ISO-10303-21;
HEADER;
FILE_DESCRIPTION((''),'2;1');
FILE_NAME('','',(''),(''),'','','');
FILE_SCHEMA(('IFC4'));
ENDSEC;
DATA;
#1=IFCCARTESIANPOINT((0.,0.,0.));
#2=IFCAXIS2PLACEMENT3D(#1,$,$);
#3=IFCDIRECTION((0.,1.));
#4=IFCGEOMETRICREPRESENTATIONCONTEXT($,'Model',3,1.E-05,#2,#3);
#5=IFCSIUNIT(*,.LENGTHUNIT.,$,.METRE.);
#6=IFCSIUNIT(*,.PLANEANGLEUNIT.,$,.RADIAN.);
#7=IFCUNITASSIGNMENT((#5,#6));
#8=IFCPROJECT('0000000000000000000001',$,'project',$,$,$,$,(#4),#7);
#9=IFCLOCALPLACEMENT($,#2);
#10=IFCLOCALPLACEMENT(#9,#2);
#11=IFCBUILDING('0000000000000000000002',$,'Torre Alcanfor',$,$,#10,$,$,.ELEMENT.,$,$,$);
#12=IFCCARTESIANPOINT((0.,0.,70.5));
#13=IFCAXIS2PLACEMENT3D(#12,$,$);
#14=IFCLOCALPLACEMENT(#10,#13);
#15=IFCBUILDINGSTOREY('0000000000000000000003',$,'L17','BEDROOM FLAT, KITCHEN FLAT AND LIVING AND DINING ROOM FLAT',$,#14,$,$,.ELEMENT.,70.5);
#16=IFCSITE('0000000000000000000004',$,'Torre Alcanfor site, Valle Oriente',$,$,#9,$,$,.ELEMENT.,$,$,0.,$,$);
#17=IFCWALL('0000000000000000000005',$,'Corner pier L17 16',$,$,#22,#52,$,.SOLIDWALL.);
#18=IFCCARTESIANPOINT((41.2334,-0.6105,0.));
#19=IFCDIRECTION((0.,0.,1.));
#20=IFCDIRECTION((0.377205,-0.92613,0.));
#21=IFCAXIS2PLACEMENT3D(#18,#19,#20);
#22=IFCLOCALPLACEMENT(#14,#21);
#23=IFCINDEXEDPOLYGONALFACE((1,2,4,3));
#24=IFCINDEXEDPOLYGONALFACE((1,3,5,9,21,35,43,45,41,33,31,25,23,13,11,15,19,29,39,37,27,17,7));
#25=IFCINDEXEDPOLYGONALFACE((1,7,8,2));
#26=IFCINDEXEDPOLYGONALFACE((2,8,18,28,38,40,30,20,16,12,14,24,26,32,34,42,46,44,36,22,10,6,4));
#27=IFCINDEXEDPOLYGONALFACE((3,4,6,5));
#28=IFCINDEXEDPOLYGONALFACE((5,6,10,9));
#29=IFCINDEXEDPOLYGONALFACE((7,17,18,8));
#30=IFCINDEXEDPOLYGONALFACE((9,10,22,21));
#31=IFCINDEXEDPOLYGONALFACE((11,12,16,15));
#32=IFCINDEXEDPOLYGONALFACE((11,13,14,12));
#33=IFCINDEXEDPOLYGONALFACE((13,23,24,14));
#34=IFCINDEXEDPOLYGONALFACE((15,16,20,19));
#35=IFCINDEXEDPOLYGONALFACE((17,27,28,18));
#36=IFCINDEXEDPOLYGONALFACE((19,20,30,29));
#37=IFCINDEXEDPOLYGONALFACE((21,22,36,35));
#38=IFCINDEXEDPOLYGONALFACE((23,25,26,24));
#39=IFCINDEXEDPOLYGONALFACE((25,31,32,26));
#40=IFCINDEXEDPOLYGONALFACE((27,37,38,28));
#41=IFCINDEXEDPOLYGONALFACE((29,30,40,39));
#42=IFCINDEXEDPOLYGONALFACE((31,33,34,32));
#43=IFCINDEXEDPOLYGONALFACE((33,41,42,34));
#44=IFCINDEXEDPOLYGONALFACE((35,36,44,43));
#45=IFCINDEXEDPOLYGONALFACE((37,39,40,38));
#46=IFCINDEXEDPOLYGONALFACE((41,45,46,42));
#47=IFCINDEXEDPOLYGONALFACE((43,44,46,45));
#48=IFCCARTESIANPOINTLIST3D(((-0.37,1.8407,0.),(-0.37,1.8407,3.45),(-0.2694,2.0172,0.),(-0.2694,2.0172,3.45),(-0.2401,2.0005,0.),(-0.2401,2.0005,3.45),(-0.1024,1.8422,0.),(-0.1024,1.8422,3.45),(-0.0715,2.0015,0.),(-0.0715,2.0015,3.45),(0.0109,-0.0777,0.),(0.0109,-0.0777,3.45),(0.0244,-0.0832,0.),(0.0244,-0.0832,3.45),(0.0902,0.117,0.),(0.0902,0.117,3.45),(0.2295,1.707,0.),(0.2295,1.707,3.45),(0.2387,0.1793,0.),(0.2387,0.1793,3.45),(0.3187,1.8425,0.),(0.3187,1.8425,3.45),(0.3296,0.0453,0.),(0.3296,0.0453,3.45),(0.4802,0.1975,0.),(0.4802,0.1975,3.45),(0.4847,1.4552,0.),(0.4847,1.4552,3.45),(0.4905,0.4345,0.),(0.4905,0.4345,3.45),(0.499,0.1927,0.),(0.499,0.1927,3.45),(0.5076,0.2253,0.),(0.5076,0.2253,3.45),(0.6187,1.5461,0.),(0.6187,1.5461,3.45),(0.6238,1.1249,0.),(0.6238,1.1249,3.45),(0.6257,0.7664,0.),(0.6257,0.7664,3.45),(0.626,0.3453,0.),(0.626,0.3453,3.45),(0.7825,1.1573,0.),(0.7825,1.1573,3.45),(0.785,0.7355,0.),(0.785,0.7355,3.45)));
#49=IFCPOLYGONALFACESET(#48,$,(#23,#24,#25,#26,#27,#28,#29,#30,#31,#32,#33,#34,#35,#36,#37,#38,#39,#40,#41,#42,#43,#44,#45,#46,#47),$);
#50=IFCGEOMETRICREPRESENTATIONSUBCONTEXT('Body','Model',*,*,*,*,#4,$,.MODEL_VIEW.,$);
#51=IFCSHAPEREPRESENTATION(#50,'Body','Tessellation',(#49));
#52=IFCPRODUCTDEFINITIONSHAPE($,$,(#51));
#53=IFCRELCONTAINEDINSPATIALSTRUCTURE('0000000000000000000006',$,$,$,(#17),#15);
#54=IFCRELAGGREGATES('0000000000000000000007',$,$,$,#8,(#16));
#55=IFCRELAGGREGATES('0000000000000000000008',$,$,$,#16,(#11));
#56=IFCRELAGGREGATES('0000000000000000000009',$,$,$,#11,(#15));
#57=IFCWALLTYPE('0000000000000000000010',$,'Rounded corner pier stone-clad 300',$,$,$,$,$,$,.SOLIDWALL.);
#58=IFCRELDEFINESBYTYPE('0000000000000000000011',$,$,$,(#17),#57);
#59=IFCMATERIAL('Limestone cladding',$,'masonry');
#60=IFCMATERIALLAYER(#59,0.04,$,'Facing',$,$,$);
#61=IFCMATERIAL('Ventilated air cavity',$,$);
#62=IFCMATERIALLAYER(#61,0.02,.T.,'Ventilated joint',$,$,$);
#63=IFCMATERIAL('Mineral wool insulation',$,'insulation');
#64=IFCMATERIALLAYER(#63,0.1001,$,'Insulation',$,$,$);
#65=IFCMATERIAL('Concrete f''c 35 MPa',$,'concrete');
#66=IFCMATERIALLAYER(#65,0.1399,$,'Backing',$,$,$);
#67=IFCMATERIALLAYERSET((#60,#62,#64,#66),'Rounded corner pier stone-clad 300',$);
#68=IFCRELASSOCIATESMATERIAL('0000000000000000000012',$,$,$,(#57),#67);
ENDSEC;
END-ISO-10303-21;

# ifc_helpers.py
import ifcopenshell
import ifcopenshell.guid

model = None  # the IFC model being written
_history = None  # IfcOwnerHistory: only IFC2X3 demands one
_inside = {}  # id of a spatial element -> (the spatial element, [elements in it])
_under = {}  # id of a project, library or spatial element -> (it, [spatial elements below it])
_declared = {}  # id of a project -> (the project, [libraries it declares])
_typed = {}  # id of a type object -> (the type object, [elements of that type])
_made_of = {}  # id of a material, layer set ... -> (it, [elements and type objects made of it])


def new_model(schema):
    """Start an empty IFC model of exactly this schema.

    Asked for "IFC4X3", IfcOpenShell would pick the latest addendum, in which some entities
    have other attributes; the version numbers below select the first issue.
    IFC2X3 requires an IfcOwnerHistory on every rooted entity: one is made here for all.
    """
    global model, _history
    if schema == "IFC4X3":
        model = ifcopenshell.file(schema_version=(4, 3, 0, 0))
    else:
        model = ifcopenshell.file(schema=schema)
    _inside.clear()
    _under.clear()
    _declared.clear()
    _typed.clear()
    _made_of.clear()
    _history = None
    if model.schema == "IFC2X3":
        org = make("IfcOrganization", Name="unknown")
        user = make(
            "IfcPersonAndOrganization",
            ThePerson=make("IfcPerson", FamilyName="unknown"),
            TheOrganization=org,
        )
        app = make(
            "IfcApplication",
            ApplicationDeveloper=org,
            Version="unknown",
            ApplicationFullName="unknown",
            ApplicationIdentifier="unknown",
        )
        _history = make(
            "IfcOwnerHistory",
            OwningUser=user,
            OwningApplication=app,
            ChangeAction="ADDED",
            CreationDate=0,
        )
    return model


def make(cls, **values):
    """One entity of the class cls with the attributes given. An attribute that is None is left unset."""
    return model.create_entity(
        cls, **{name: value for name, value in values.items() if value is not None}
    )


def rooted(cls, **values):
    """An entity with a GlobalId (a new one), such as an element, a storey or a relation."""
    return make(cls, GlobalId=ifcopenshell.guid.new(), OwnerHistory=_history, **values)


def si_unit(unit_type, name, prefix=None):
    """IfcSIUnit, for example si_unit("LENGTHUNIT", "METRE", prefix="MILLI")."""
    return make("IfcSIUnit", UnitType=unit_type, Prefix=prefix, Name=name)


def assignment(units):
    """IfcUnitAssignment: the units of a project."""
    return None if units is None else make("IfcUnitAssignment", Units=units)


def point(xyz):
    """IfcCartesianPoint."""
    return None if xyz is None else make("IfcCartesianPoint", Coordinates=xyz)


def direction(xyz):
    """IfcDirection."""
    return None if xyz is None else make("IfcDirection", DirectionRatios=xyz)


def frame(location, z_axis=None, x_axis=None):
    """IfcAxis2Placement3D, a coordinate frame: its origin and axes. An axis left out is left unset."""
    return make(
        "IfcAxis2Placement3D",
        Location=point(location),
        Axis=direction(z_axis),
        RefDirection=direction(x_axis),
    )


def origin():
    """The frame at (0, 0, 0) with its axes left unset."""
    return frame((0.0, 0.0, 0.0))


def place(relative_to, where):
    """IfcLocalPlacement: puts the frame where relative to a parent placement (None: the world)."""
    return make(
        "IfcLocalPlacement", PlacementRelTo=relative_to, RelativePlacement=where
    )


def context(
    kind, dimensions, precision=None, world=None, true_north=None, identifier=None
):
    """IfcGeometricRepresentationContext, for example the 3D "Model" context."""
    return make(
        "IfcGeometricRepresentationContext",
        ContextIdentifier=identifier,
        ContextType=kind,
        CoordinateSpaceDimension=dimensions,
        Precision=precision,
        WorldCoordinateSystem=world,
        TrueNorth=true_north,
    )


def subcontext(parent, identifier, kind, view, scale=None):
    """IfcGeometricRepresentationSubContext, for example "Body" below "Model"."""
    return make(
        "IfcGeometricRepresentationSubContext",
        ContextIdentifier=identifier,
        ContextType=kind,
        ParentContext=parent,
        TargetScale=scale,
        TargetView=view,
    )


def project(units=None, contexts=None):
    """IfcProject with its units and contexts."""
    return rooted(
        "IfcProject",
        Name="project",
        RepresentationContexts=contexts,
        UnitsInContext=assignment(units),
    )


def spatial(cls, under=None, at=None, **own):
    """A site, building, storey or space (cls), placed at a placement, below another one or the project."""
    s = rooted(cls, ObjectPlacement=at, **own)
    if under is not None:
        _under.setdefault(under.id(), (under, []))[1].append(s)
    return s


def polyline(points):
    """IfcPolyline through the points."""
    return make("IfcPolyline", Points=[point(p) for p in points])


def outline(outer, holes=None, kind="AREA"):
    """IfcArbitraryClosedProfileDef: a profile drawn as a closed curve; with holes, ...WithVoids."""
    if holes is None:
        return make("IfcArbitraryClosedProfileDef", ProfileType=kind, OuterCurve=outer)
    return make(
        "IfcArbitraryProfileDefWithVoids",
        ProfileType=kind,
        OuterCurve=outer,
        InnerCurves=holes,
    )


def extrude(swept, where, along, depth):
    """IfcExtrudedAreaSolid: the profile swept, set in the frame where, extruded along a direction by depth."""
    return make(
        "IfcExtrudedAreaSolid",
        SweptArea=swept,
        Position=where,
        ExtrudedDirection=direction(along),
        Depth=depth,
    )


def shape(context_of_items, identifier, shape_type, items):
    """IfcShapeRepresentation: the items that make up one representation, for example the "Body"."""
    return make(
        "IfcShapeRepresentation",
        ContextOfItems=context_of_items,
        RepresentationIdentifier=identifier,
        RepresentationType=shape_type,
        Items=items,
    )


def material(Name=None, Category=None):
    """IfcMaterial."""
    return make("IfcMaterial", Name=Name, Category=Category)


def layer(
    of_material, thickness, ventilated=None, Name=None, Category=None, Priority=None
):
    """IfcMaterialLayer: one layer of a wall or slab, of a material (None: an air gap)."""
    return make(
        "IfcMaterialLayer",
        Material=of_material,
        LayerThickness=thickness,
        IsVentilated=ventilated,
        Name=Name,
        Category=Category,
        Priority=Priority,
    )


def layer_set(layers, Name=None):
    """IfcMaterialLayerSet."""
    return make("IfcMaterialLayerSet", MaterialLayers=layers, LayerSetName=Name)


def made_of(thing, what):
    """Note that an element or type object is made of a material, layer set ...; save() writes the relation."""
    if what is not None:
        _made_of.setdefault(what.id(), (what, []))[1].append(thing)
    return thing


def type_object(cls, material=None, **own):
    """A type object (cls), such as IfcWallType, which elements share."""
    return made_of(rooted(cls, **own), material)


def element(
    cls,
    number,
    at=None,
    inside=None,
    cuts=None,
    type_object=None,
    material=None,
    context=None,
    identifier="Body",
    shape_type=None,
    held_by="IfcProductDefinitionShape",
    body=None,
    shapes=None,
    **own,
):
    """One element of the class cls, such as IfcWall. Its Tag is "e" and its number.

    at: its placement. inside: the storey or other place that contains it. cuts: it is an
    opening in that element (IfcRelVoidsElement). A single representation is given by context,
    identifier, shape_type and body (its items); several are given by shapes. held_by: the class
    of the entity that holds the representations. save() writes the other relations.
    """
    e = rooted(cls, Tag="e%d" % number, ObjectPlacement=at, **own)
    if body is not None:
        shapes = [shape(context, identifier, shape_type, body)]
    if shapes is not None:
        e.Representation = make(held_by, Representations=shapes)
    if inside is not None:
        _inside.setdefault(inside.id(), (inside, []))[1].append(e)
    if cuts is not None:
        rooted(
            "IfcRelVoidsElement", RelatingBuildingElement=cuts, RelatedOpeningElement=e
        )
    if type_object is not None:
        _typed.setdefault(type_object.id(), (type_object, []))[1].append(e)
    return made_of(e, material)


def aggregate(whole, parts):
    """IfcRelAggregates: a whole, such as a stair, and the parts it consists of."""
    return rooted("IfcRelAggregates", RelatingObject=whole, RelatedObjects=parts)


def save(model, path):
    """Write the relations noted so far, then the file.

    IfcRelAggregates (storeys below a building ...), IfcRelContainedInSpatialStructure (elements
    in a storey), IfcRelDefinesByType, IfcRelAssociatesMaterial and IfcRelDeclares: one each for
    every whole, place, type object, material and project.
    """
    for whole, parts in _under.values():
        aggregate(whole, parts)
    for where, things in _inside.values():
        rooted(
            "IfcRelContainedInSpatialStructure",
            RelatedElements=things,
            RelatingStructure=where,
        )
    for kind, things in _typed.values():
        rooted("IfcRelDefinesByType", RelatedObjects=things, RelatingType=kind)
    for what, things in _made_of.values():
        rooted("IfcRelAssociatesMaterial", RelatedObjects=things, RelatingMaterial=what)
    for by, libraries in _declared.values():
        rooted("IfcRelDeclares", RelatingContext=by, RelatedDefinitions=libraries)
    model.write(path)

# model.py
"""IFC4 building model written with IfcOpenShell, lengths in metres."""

from ifc_helpers import new_model, si_unit, direction, frame, origin, place, context, subcontext, project, spatial, polyline, outline, extrude, material, layer, layer_set, type_object, element, save


model = new_model("IFC4")

# Units and contexts
model_context = context("Model", 3, precision=1e-05, world=origin(), true_north=direction((0.0, 1.0)))
body_context = subcontext(model_context, "Body", "Model", "MODEL_VIEW")
ifc_project = project(units=[si_unit("LENGTHUNIT", "METRE"), si_unit("PLANEANGLEUNIT", "RADIAN")], contexts=[model_context])

# Site, building, storey
site_placement = place(None, origin())
site = spatial("IfcSite", under=ifc_project, at=site_placement, Name="Torre Alcanfor site, Valle Oriente", CompositionType="ELEMENT", RefElevation=0.0)
building_placement = place(site_placement, origin())
building = spatial("IfcBuilding", under=site, at=building_placement, Name="Torre Alcanfor", CompositionType="ELEMENT")
storey_placement = place(building_placement, frame((0.0, 0.0, 70.5)))
storey = spatial("IfcBuildingStorey", under=building, at=storey_placement, Name="L17", Description="BEDROOM FLAT, KITCHEN FLAT AND LIVING AND DINING ROOM FLAT", CompositionType="ELEMENT", Elevation=70.5)

# Wall
ifc_material_1 = material(Name="Limestone cladding", Category="masonry")
ifc_layer_1 = layer(ifc_material_1, 0.04, Name="Facing")
ifc_material_2 = material(Name="Ventilated air cavity")
ifc_layer_2 = layer(ifc_material_2, 0.02, ventilated=True, Name="Ventilated joint")
ifc_material_3 = material(Name="Mineral wool insulation", Category="insulation")
ifc_layer_3 = layer(ifc_material_3, 0.1001, Name="Insulation")
ifc_material_4 = material(Name="Concrete f'c 35 MPa", Category="concrete")
ifc_layer_4 = layer(ifc_material_4, 0.1399, Name="Backing")
ifc_layer_set_1 = layer_set([ifc_layer_1, ifc_layer_2, ifc_layer_3, ifc_layer_4], Name="Rounded corner pier stone-clad 300")
wall_type_1 = type_object("IfcWallType", Name="Rounded corner pier stone-clad 300", PredefinedType="SOLIDWALL", material=ifc_layer_set_1)
wall_1_placement = place(storey_placement, frame((41.2334, -0.6105, 0.0), z_axis=(0.0, 0.0, 1.0), x_axis=(0.377205, -0.92613, 0.0)))
element("IfcWall", 1, at=wall_1_placement, inside=storey, type_object=wall_type_1, Name="Corner pier L17 16", PredefinedType="SOLIDWALL", context=body_context, shape_type="SweptSolid", body=[
    extrude(outline(polyline([(0.3187, 1.8425), (-0.0715, 2.0015), (-0.2401, 2.0005), (-0.2694, 2.0172), (-0.37, 1.8407), (-0.1024, 1.8422), (0.2295, 1.707), (0.4847, 1.4552), (0.6238, 1.1249), (0.6257, 0.7664), (0.4905, 0.4345), (0.2387, 0.1793), (0.0902, 0.117), (0.0109, -0.0777), (0.0244, -0.0832), (0.3296, 0.0453), (0.4802, 0.1975), (0.499, 0.1927), (0.5076, 0.2253), (0.626, 0.3453), (0.785, 0.7355), (0.7825, 1.1573), (0.6187, 1.5461), (0.3187, 1.8425)])), origin(), (0.0, 0.0, 1.0), 3.45),
])

save(model, "model.ifc")
